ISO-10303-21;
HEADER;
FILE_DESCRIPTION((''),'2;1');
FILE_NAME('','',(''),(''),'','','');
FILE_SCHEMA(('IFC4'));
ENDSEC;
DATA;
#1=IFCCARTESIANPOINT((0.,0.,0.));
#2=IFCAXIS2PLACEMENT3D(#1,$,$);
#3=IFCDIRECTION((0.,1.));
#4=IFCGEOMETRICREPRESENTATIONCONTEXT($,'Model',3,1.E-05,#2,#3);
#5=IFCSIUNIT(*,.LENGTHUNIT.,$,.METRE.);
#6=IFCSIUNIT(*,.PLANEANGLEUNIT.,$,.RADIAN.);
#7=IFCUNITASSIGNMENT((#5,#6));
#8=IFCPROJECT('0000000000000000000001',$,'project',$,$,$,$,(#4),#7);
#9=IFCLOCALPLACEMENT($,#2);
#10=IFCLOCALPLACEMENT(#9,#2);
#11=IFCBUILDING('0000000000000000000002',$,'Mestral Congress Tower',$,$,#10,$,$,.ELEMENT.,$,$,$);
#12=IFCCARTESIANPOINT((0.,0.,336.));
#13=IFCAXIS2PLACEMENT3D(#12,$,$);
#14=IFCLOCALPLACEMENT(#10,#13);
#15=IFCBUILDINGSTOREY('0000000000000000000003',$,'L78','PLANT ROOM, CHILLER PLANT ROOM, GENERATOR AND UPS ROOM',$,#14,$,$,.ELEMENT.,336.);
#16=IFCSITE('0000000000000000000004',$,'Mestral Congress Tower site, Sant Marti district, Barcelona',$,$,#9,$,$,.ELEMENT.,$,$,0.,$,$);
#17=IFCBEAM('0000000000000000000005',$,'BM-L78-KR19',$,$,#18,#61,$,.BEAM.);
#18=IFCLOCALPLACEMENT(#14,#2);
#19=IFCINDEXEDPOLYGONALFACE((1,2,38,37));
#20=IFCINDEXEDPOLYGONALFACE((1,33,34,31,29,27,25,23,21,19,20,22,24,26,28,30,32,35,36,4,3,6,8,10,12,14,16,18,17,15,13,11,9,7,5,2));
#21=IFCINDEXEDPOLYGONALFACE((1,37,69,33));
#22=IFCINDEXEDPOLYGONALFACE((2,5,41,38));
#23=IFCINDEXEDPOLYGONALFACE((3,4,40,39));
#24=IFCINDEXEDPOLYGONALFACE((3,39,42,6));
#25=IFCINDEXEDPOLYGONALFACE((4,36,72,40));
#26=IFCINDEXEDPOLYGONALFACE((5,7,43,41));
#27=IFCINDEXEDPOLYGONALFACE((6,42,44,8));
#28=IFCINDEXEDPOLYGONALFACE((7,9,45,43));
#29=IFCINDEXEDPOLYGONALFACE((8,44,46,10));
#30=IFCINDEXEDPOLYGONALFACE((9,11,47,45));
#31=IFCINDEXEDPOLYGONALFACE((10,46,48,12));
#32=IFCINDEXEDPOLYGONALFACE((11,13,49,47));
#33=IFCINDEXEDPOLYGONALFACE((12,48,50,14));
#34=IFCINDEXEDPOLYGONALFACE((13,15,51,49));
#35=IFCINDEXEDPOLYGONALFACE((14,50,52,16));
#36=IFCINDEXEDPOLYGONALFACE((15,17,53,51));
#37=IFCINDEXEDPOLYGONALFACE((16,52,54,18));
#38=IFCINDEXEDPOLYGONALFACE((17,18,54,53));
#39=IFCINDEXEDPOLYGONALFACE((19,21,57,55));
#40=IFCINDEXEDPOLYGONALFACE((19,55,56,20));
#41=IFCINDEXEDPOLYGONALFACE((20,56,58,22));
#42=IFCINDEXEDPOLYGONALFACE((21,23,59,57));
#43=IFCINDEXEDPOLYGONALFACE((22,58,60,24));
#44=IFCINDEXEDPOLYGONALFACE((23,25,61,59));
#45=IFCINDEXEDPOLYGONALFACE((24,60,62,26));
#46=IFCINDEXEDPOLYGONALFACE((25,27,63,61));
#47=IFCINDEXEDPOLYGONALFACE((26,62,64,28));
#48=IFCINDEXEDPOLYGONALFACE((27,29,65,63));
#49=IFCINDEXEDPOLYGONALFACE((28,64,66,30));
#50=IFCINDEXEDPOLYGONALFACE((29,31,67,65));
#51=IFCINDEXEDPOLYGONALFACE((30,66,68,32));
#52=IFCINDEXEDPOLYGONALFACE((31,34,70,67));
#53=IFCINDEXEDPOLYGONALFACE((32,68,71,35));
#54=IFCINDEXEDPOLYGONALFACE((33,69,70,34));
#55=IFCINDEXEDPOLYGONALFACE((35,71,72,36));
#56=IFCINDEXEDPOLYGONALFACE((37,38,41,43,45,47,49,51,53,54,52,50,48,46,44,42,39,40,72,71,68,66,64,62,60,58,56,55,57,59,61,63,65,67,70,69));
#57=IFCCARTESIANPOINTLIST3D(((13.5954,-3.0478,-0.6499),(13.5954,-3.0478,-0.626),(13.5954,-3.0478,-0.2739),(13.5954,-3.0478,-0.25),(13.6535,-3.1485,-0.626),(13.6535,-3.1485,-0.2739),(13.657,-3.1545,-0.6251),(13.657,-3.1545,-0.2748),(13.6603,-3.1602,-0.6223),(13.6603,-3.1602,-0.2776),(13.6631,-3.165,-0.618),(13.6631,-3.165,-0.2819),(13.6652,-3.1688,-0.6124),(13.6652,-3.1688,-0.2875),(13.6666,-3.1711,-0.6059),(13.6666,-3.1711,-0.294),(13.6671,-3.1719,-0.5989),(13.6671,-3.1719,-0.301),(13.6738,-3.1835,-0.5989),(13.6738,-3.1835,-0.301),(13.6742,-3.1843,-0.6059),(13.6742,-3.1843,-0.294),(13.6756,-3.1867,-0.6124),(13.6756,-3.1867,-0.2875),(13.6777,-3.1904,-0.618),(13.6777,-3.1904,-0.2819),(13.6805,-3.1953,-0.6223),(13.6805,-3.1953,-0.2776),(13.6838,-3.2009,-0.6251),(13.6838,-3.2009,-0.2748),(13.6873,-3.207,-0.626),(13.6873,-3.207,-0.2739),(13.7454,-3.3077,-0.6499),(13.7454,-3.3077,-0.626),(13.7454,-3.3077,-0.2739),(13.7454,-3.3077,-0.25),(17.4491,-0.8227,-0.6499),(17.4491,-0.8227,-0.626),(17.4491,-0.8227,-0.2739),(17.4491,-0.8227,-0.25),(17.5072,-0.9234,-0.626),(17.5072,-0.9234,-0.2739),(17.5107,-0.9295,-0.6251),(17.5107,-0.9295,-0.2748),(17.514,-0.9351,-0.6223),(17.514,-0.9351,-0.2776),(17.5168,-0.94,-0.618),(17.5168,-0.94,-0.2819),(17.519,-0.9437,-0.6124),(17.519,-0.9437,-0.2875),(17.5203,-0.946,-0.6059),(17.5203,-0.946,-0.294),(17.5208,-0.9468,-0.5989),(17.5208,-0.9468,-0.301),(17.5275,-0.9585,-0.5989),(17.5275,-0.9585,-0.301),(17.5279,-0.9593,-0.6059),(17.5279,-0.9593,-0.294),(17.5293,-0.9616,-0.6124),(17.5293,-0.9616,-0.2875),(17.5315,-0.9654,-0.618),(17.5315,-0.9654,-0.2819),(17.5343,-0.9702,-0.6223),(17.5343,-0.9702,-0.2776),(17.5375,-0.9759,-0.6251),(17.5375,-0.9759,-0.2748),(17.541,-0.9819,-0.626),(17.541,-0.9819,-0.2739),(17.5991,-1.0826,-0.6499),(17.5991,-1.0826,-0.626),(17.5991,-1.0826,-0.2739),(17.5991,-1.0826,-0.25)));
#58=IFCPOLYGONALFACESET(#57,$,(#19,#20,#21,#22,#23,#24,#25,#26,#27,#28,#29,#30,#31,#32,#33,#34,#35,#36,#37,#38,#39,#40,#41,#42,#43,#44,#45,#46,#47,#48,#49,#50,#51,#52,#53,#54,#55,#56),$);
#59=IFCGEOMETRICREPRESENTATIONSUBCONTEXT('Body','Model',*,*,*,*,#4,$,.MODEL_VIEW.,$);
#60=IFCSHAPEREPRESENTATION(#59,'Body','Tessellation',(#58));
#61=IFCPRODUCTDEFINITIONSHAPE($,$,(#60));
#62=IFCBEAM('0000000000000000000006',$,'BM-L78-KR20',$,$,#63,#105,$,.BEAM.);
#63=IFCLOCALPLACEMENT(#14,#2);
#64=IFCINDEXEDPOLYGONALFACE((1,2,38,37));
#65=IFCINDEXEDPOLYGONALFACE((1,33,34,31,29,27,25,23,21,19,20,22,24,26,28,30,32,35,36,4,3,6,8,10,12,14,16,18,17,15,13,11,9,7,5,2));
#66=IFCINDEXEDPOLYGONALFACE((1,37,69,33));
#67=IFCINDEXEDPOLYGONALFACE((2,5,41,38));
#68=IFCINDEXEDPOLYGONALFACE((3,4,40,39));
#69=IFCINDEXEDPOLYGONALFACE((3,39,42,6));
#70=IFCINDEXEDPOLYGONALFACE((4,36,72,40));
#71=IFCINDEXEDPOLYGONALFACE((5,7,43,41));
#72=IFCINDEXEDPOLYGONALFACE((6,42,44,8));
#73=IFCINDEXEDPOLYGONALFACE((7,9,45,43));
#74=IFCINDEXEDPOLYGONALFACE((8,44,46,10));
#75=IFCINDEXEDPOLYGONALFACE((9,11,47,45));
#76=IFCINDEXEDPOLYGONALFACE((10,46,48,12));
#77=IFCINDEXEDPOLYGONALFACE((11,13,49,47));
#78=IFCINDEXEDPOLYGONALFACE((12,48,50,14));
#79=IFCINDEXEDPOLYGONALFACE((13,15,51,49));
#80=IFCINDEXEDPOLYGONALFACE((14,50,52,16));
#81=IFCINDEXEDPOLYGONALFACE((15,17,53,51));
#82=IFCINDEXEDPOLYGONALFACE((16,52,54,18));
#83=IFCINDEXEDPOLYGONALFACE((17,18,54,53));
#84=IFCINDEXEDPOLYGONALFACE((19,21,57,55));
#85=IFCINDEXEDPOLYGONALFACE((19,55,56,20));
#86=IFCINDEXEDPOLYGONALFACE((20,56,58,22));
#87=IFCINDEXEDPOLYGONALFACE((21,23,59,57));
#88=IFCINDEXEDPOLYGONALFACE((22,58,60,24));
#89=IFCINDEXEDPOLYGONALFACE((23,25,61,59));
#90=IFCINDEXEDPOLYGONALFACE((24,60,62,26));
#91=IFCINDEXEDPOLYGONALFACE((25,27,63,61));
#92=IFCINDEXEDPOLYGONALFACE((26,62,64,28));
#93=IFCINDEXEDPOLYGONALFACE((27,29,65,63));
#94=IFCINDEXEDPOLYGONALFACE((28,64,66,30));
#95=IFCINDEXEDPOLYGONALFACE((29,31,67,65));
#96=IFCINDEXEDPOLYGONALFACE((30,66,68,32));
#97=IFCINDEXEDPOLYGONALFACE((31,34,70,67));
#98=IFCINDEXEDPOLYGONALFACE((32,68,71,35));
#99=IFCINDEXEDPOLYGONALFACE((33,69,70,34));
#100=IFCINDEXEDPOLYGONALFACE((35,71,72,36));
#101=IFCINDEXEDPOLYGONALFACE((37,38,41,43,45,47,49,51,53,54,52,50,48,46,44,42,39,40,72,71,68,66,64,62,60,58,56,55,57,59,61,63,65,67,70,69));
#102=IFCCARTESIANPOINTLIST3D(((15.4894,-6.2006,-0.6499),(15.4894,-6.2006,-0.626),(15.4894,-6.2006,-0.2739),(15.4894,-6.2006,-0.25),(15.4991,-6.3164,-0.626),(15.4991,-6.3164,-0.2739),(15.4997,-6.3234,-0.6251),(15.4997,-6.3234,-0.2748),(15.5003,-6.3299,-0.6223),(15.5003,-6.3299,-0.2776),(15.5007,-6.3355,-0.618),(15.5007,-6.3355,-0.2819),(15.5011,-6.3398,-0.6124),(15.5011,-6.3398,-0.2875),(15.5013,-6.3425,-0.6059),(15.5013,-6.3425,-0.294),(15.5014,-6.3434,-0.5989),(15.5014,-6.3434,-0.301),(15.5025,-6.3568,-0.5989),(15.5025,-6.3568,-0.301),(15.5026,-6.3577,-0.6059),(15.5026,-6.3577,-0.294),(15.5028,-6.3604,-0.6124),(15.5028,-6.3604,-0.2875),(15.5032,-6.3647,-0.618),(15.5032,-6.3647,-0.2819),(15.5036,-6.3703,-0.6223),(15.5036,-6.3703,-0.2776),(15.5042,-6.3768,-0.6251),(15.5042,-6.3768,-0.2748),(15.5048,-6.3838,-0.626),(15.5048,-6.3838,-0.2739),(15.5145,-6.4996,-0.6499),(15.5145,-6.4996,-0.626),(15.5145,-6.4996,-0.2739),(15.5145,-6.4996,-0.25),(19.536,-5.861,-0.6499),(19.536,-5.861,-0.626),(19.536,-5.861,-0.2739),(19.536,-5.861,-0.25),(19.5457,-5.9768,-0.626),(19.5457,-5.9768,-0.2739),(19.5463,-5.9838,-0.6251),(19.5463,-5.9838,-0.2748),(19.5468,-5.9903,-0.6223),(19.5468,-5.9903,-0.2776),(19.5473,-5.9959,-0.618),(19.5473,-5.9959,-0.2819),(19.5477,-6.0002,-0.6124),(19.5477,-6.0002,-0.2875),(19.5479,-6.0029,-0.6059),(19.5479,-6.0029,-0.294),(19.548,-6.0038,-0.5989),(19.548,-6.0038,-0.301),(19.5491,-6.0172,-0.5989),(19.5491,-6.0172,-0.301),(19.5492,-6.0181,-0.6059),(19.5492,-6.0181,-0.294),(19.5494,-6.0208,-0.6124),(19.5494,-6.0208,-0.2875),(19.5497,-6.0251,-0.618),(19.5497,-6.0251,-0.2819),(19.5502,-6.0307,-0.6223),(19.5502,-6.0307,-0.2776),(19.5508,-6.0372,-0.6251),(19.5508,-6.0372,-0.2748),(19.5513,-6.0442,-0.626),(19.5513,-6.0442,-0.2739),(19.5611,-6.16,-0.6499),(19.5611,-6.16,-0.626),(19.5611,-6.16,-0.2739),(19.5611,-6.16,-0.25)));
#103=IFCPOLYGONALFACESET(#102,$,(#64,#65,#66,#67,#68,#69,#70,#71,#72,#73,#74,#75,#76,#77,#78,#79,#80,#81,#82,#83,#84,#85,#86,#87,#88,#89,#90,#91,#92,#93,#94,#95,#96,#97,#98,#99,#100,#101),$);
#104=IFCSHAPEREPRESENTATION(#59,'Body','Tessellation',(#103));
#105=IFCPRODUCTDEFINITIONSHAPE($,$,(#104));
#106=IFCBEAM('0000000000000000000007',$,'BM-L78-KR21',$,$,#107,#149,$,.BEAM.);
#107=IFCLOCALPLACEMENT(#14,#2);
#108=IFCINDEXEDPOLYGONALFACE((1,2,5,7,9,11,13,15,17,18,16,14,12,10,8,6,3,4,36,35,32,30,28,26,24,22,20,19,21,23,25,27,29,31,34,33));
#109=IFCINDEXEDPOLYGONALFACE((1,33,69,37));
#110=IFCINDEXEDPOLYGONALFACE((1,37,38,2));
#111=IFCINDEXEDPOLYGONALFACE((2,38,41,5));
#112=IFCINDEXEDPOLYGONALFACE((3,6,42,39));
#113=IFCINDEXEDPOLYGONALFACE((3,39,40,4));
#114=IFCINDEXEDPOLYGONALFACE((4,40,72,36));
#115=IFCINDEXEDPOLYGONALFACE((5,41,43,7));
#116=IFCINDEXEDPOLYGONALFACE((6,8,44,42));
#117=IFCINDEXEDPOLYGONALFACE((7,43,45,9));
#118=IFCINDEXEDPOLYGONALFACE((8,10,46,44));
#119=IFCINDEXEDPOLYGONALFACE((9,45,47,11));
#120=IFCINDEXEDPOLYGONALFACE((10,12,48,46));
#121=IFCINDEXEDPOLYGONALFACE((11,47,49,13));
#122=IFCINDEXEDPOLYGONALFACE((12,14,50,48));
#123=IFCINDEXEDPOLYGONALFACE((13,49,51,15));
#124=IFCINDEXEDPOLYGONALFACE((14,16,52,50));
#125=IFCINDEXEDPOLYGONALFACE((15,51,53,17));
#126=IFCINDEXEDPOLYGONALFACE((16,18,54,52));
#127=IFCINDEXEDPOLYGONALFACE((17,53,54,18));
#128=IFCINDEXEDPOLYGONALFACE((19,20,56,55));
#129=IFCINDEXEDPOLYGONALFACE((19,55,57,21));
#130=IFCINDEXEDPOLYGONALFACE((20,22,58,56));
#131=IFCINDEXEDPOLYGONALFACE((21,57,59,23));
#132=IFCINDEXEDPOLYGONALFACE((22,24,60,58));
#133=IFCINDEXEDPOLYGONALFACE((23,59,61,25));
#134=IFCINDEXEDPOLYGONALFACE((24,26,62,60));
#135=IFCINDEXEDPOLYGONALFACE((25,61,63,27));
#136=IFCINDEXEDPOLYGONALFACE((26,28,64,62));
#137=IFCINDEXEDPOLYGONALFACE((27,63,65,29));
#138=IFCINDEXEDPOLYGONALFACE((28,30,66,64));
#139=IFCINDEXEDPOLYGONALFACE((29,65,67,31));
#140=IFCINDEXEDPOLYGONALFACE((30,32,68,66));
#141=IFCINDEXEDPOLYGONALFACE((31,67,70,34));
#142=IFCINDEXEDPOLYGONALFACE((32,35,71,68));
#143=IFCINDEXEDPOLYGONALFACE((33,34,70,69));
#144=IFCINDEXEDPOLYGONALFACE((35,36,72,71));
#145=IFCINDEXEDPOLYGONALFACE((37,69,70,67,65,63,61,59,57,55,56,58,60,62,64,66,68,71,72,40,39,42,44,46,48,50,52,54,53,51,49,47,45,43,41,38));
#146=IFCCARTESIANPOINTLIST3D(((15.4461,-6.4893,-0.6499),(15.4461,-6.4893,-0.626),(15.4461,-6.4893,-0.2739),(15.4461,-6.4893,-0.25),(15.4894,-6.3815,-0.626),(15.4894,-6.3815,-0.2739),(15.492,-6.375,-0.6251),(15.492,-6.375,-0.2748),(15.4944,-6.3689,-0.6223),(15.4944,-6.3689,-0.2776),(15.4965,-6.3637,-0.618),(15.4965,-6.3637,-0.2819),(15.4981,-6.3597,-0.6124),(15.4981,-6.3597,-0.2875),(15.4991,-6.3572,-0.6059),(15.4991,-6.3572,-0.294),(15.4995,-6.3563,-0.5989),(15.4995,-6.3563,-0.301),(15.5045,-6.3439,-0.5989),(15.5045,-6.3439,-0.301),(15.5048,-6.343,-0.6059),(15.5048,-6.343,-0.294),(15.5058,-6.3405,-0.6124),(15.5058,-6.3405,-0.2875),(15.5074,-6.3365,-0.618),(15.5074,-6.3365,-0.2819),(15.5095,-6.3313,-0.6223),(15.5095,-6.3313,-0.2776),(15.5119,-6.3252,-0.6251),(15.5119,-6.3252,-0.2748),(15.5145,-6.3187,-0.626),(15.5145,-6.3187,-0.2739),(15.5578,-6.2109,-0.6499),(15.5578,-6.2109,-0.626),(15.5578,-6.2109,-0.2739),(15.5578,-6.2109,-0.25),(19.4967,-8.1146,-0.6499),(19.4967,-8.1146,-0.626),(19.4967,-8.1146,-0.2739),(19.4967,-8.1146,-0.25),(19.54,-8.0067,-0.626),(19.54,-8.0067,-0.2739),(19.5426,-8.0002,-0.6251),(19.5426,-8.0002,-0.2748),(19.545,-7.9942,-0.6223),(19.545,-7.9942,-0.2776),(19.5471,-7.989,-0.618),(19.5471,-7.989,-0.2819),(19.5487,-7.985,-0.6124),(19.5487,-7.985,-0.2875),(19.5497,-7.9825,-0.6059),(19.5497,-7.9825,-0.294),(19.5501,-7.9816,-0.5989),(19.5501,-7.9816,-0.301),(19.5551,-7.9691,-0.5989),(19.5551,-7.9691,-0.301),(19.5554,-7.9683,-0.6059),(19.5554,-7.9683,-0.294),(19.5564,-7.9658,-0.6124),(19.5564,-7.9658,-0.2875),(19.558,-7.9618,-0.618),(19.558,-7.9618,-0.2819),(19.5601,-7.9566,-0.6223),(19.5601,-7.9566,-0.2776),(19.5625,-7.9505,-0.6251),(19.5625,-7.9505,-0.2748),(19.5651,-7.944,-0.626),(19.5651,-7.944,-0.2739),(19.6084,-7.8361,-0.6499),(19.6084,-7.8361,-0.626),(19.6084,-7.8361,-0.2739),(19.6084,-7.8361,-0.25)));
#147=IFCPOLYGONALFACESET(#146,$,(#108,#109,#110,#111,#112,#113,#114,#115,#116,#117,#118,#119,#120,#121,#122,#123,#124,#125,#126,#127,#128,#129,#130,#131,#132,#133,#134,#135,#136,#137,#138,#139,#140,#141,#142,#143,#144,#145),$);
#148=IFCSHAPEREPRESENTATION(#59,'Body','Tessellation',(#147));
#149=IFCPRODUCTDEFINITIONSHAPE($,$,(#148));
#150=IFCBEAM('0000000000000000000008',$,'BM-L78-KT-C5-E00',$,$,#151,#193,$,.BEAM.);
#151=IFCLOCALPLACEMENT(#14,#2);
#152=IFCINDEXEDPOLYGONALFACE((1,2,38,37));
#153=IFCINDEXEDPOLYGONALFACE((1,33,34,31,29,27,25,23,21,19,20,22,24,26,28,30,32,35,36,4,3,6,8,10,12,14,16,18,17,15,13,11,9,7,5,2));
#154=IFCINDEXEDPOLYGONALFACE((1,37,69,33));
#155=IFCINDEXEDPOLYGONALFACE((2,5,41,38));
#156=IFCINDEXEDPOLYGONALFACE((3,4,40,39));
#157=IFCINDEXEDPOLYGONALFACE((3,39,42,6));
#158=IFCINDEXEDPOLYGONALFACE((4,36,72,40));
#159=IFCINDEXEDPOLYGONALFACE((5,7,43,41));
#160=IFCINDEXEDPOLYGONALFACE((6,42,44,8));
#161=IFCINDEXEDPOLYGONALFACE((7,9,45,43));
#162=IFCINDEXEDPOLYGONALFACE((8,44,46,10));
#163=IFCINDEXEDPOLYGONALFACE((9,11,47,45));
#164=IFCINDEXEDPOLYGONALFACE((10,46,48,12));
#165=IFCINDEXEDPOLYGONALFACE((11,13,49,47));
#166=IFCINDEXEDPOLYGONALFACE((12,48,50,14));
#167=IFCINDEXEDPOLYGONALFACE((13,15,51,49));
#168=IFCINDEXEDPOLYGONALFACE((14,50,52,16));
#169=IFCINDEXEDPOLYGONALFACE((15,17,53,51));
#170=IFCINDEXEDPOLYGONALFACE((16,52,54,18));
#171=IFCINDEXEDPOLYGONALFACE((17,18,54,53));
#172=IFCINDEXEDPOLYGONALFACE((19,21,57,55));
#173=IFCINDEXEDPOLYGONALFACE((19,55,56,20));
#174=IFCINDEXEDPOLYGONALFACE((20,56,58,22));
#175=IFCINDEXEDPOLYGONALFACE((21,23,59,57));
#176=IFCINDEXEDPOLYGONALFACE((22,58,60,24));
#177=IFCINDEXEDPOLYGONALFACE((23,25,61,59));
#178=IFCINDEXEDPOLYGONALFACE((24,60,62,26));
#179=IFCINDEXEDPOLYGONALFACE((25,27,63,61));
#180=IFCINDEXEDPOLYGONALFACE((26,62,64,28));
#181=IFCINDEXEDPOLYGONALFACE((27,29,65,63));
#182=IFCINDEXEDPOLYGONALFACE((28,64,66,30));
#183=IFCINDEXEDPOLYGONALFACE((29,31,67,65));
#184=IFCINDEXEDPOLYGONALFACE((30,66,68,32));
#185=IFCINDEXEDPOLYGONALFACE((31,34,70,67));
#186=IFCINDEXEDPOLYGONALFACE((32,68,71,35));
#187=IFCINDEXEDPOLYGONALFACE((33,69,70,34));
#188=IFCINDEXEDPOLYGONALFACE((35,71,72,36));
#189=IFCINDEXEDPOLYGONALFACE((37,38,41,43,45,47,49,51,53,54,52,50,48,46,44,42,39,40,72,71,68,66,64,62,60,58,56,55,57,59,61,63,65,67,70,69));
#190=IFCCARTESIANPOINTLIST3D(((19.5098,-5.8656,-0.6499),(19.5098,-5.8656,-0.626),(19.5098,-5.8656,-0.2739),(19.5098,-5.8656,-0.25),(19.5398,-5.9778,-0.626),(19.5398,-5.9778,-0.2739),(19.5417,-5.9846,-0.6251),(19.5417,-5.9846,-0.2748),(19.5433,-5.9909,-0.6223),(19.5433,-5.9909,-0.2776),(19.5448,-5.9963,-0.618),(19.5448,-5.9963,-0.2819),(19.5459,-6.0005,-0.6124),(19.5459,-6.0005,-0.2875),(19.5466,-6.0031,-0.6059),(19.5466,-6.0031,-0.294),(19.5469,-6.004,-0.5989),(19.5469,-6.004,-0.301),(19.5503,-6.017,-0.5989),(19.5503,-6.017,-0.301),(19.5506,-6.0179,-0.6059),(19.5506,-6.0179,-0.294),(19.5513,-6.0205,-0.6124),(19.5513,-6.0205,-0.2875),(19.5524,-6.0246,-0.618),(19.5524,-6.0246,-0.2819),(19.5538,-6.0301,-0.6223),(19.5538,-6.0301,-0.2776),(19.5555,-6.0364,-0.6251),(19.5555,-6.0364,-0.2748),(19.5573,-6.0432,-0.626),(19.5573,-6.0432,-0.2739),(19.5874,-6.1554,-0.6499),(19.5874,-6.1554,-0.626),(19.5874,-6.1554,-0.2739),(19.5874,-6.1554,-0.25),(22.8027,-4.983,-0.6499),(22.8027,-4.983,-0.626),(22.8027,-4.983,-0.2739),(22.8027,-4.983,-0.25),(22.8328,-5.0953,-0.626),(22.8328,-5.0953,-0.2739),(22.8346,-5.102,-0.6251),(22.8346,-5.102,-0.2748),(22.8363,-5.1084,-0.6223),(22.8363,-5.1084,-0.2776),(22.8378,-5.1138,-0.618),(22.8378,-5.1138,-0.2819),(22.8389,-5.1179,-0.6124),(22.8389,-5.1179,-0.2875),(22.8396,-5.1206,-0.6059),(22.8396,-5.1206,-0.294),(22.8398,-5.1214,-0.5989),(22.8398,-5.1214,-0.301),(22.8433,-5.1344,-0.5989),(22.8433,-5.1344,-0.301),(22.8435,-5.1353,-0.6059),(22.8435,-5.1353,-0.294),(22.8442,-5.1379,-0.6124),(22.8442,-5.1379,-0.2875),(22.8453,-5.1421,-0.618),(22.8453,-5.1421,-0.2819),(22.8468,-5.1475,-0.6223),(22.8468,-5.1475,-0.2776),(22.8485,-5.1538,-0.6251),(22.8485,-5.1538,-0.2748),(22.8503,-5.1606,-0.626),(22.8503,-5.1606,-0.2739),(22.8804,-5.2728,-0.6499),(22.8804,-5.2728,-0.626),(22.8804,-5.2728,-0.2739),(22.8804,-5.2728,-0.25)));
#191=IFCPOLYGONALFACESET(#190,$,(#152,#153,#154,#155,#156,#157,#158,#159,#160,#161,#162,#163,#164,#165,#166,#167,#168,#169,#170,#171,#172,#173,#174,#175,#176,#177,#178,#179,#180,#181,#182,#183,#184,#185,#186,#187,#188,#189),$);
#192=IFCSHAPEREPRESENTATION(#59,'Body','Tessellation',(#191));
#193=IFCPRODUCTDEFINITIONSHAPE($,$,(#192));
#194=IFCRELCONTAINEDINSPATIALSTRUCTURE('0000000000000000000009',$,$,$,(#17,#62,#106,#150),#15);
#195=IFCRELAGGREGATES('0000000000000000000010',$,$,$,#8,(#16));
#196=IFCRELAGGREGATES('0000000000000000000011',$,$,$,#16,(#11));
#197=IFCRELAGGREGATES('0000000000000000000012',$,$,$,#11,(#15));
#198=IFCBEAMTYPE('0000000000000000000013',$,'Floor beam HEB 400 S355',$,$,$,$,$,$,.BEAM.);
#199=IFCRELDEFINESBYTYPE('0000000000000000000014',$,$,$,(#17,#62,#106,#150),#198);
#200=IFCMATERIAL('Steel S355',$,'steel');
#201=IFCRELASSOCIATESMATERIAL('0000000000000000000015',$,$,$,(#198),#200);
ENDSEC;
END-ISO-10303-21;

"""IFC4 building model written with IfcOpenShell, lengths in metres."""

from ifc_helpers import new_model, si_unit, direction, frame, origin, origin_2d, place, context, subcontext, project, spatial, i_section, extrude, material, material_profile, profile_set, type_object, element, save


model = new_model("IFC4")

# Units and contexts
model_context = context("Model", 3, precision=1e-05, world=origin(), true_north=direction((0.0, 1.0)))
body_context = subcontext(model_context, "Body", "Model", "MODEL_VIEW")
ifc_project = project(units=[si_unit("LENGTHUNIT", "METRE"), si_unit("PLANEANGLEUNIT", "RADIAN")], contexts=[model_context])

# Site, building, storey
site_placement = place(None, origin())
site = spatial("IfcSite", under=ifc_project, at=site_placement, Name="Mestral Congress Tower site, Sant Marti district, Barcelona", CompositionType="ELEMENT", RefElevation=0.0)
building_placement = place(site_placement, origin())
building = spatial("IfcBuilding", under=site, at=building_placement, Name="Mestral Congress Tower", CompositionType="ELEMENT")
storey_placement = place(building_placement, frame((0.0, 0.0, 336.0)))
storey = spatial("IfcBuildingStorey", under=building, at=storey_placement, Name="L78", Description="PLANT ROOM, CHILLER PLANT ROOM, GENERATOR AND UPS ROOM", CompositionType="ELEMENT", Elevation=336.0)

# Shared definitions
ifc_material_1 = material(Name="Steel S355", Category="steel")

# Beams
ifc_material_profile_1 = material_profile(ifc_material_1, i_section(OverallWidth=0.3, OverallDepth=0.3999, WebThickness=0.0134, FlangeThickness=0.0239, FilletRadius=0.0271, at=origin_2d()), Name="HEB 400")
ifc_profile_set_1 = profile_set([ifc_material_profile_1], Name="Steel S355")
beam_type_1 = type_object("IfcBeamType", Name="Floor beam HEB 400 S355", PredefinedType="BEAM", material=ifc_profile_set_1)
beam_1_placement = place(storey_placement, frame((13.6704, -3.1777, -0.45), z_axis=(0.866013, 0.500022, 0.0), x_axis=(-0.500022, 0.866013, 0.0)))
element("IfcBeam", 1, at=beam_1_placement, inside=storey, type_object=beam_type_1, Name="BM-L78-KR19", PredefinedType="BEAM", context=body_context, shape_type="SweptSolid", body=[
    extrude(i_section(OverallWidth=0.3, OverallDepth=0.3999, WebThickness=0.0134, FlangeThickness=0.0239, FilletRadius=0.0271, at=origin_2d()), origin(), (0.0, 0.0, 1.0), 4.45),
])
beam_2_placement = place(storey_placement, frame((15.502, -6.3501, -0.45), z_axis=(0.996497, 0.083628, 0.0), x_axis=(-0.083628, 0.996497, 0.0)))
element("IfcBeam", 2, at=beam_2_placement, inside=storey, type_object=beam_type_1, Name="BM-L78-KR20", PredefinedType="BEAM", context=body_context, shape_type="SweptSolid", body=[
    extrude(i_section(OverallWidth=0.3, OverallDepth=0.3999, WebThickness=0.0134, FlangeThickness=0.0239, FilletRadius=0.0271, at=origin_2d()), origin(), (0.0, 0.0, 1.0), 4.0608),
])
beam_3_placement = place(storey_placement, frame((15.502, -6.3501, -0.45), z_axis=(0.928079, -0.372384, 0.0), x_axis=(0.372384, 0.928079, 0.0)))
element("IfcBeam", 3, at=beam_3_placement, inside=storey, type_object=beam_type_1, Name="BM-L78-KR21", PredefinedType="BEAM", context=body_context, shape_type="SweptSolid", body=[
    extrude(i_section(OverallWidth=0.3, OverallDepth=0.3999, WebThickness=0.0134, FlangeThickness=0.0239, FilletRadius=0.0271, at=origin_2d()), origin(), (0.0, 0.0, 1.0), 4.3645),
])
beam_4_placement = place(storey_placement, frame((22.8416, -5.1279, -0.45), z_axis=(-0.96591, -0.258879, 0.0), x_axis=(0.258879, -0.96591, 0.0)))
element("IfcBeam", 4, at=beam_4_placement, inside=storey, type_object=beam_type_1, Name="BM-L78-KT-C5-E00", PredefinedType="BEAM", context=body_context, shape_type="SweptSolid", body=[
    extrude(i_section(OverallWidth=0.3, OverallDepth=0.3999, WebThickness=0.0134, FlangeThickness=0.0239, FilletRadius=0.0271, at=origin_2d()), origin(), (0.0, 0.0, 1.0), 3.4092),
])

save(model, "model.ifc")
